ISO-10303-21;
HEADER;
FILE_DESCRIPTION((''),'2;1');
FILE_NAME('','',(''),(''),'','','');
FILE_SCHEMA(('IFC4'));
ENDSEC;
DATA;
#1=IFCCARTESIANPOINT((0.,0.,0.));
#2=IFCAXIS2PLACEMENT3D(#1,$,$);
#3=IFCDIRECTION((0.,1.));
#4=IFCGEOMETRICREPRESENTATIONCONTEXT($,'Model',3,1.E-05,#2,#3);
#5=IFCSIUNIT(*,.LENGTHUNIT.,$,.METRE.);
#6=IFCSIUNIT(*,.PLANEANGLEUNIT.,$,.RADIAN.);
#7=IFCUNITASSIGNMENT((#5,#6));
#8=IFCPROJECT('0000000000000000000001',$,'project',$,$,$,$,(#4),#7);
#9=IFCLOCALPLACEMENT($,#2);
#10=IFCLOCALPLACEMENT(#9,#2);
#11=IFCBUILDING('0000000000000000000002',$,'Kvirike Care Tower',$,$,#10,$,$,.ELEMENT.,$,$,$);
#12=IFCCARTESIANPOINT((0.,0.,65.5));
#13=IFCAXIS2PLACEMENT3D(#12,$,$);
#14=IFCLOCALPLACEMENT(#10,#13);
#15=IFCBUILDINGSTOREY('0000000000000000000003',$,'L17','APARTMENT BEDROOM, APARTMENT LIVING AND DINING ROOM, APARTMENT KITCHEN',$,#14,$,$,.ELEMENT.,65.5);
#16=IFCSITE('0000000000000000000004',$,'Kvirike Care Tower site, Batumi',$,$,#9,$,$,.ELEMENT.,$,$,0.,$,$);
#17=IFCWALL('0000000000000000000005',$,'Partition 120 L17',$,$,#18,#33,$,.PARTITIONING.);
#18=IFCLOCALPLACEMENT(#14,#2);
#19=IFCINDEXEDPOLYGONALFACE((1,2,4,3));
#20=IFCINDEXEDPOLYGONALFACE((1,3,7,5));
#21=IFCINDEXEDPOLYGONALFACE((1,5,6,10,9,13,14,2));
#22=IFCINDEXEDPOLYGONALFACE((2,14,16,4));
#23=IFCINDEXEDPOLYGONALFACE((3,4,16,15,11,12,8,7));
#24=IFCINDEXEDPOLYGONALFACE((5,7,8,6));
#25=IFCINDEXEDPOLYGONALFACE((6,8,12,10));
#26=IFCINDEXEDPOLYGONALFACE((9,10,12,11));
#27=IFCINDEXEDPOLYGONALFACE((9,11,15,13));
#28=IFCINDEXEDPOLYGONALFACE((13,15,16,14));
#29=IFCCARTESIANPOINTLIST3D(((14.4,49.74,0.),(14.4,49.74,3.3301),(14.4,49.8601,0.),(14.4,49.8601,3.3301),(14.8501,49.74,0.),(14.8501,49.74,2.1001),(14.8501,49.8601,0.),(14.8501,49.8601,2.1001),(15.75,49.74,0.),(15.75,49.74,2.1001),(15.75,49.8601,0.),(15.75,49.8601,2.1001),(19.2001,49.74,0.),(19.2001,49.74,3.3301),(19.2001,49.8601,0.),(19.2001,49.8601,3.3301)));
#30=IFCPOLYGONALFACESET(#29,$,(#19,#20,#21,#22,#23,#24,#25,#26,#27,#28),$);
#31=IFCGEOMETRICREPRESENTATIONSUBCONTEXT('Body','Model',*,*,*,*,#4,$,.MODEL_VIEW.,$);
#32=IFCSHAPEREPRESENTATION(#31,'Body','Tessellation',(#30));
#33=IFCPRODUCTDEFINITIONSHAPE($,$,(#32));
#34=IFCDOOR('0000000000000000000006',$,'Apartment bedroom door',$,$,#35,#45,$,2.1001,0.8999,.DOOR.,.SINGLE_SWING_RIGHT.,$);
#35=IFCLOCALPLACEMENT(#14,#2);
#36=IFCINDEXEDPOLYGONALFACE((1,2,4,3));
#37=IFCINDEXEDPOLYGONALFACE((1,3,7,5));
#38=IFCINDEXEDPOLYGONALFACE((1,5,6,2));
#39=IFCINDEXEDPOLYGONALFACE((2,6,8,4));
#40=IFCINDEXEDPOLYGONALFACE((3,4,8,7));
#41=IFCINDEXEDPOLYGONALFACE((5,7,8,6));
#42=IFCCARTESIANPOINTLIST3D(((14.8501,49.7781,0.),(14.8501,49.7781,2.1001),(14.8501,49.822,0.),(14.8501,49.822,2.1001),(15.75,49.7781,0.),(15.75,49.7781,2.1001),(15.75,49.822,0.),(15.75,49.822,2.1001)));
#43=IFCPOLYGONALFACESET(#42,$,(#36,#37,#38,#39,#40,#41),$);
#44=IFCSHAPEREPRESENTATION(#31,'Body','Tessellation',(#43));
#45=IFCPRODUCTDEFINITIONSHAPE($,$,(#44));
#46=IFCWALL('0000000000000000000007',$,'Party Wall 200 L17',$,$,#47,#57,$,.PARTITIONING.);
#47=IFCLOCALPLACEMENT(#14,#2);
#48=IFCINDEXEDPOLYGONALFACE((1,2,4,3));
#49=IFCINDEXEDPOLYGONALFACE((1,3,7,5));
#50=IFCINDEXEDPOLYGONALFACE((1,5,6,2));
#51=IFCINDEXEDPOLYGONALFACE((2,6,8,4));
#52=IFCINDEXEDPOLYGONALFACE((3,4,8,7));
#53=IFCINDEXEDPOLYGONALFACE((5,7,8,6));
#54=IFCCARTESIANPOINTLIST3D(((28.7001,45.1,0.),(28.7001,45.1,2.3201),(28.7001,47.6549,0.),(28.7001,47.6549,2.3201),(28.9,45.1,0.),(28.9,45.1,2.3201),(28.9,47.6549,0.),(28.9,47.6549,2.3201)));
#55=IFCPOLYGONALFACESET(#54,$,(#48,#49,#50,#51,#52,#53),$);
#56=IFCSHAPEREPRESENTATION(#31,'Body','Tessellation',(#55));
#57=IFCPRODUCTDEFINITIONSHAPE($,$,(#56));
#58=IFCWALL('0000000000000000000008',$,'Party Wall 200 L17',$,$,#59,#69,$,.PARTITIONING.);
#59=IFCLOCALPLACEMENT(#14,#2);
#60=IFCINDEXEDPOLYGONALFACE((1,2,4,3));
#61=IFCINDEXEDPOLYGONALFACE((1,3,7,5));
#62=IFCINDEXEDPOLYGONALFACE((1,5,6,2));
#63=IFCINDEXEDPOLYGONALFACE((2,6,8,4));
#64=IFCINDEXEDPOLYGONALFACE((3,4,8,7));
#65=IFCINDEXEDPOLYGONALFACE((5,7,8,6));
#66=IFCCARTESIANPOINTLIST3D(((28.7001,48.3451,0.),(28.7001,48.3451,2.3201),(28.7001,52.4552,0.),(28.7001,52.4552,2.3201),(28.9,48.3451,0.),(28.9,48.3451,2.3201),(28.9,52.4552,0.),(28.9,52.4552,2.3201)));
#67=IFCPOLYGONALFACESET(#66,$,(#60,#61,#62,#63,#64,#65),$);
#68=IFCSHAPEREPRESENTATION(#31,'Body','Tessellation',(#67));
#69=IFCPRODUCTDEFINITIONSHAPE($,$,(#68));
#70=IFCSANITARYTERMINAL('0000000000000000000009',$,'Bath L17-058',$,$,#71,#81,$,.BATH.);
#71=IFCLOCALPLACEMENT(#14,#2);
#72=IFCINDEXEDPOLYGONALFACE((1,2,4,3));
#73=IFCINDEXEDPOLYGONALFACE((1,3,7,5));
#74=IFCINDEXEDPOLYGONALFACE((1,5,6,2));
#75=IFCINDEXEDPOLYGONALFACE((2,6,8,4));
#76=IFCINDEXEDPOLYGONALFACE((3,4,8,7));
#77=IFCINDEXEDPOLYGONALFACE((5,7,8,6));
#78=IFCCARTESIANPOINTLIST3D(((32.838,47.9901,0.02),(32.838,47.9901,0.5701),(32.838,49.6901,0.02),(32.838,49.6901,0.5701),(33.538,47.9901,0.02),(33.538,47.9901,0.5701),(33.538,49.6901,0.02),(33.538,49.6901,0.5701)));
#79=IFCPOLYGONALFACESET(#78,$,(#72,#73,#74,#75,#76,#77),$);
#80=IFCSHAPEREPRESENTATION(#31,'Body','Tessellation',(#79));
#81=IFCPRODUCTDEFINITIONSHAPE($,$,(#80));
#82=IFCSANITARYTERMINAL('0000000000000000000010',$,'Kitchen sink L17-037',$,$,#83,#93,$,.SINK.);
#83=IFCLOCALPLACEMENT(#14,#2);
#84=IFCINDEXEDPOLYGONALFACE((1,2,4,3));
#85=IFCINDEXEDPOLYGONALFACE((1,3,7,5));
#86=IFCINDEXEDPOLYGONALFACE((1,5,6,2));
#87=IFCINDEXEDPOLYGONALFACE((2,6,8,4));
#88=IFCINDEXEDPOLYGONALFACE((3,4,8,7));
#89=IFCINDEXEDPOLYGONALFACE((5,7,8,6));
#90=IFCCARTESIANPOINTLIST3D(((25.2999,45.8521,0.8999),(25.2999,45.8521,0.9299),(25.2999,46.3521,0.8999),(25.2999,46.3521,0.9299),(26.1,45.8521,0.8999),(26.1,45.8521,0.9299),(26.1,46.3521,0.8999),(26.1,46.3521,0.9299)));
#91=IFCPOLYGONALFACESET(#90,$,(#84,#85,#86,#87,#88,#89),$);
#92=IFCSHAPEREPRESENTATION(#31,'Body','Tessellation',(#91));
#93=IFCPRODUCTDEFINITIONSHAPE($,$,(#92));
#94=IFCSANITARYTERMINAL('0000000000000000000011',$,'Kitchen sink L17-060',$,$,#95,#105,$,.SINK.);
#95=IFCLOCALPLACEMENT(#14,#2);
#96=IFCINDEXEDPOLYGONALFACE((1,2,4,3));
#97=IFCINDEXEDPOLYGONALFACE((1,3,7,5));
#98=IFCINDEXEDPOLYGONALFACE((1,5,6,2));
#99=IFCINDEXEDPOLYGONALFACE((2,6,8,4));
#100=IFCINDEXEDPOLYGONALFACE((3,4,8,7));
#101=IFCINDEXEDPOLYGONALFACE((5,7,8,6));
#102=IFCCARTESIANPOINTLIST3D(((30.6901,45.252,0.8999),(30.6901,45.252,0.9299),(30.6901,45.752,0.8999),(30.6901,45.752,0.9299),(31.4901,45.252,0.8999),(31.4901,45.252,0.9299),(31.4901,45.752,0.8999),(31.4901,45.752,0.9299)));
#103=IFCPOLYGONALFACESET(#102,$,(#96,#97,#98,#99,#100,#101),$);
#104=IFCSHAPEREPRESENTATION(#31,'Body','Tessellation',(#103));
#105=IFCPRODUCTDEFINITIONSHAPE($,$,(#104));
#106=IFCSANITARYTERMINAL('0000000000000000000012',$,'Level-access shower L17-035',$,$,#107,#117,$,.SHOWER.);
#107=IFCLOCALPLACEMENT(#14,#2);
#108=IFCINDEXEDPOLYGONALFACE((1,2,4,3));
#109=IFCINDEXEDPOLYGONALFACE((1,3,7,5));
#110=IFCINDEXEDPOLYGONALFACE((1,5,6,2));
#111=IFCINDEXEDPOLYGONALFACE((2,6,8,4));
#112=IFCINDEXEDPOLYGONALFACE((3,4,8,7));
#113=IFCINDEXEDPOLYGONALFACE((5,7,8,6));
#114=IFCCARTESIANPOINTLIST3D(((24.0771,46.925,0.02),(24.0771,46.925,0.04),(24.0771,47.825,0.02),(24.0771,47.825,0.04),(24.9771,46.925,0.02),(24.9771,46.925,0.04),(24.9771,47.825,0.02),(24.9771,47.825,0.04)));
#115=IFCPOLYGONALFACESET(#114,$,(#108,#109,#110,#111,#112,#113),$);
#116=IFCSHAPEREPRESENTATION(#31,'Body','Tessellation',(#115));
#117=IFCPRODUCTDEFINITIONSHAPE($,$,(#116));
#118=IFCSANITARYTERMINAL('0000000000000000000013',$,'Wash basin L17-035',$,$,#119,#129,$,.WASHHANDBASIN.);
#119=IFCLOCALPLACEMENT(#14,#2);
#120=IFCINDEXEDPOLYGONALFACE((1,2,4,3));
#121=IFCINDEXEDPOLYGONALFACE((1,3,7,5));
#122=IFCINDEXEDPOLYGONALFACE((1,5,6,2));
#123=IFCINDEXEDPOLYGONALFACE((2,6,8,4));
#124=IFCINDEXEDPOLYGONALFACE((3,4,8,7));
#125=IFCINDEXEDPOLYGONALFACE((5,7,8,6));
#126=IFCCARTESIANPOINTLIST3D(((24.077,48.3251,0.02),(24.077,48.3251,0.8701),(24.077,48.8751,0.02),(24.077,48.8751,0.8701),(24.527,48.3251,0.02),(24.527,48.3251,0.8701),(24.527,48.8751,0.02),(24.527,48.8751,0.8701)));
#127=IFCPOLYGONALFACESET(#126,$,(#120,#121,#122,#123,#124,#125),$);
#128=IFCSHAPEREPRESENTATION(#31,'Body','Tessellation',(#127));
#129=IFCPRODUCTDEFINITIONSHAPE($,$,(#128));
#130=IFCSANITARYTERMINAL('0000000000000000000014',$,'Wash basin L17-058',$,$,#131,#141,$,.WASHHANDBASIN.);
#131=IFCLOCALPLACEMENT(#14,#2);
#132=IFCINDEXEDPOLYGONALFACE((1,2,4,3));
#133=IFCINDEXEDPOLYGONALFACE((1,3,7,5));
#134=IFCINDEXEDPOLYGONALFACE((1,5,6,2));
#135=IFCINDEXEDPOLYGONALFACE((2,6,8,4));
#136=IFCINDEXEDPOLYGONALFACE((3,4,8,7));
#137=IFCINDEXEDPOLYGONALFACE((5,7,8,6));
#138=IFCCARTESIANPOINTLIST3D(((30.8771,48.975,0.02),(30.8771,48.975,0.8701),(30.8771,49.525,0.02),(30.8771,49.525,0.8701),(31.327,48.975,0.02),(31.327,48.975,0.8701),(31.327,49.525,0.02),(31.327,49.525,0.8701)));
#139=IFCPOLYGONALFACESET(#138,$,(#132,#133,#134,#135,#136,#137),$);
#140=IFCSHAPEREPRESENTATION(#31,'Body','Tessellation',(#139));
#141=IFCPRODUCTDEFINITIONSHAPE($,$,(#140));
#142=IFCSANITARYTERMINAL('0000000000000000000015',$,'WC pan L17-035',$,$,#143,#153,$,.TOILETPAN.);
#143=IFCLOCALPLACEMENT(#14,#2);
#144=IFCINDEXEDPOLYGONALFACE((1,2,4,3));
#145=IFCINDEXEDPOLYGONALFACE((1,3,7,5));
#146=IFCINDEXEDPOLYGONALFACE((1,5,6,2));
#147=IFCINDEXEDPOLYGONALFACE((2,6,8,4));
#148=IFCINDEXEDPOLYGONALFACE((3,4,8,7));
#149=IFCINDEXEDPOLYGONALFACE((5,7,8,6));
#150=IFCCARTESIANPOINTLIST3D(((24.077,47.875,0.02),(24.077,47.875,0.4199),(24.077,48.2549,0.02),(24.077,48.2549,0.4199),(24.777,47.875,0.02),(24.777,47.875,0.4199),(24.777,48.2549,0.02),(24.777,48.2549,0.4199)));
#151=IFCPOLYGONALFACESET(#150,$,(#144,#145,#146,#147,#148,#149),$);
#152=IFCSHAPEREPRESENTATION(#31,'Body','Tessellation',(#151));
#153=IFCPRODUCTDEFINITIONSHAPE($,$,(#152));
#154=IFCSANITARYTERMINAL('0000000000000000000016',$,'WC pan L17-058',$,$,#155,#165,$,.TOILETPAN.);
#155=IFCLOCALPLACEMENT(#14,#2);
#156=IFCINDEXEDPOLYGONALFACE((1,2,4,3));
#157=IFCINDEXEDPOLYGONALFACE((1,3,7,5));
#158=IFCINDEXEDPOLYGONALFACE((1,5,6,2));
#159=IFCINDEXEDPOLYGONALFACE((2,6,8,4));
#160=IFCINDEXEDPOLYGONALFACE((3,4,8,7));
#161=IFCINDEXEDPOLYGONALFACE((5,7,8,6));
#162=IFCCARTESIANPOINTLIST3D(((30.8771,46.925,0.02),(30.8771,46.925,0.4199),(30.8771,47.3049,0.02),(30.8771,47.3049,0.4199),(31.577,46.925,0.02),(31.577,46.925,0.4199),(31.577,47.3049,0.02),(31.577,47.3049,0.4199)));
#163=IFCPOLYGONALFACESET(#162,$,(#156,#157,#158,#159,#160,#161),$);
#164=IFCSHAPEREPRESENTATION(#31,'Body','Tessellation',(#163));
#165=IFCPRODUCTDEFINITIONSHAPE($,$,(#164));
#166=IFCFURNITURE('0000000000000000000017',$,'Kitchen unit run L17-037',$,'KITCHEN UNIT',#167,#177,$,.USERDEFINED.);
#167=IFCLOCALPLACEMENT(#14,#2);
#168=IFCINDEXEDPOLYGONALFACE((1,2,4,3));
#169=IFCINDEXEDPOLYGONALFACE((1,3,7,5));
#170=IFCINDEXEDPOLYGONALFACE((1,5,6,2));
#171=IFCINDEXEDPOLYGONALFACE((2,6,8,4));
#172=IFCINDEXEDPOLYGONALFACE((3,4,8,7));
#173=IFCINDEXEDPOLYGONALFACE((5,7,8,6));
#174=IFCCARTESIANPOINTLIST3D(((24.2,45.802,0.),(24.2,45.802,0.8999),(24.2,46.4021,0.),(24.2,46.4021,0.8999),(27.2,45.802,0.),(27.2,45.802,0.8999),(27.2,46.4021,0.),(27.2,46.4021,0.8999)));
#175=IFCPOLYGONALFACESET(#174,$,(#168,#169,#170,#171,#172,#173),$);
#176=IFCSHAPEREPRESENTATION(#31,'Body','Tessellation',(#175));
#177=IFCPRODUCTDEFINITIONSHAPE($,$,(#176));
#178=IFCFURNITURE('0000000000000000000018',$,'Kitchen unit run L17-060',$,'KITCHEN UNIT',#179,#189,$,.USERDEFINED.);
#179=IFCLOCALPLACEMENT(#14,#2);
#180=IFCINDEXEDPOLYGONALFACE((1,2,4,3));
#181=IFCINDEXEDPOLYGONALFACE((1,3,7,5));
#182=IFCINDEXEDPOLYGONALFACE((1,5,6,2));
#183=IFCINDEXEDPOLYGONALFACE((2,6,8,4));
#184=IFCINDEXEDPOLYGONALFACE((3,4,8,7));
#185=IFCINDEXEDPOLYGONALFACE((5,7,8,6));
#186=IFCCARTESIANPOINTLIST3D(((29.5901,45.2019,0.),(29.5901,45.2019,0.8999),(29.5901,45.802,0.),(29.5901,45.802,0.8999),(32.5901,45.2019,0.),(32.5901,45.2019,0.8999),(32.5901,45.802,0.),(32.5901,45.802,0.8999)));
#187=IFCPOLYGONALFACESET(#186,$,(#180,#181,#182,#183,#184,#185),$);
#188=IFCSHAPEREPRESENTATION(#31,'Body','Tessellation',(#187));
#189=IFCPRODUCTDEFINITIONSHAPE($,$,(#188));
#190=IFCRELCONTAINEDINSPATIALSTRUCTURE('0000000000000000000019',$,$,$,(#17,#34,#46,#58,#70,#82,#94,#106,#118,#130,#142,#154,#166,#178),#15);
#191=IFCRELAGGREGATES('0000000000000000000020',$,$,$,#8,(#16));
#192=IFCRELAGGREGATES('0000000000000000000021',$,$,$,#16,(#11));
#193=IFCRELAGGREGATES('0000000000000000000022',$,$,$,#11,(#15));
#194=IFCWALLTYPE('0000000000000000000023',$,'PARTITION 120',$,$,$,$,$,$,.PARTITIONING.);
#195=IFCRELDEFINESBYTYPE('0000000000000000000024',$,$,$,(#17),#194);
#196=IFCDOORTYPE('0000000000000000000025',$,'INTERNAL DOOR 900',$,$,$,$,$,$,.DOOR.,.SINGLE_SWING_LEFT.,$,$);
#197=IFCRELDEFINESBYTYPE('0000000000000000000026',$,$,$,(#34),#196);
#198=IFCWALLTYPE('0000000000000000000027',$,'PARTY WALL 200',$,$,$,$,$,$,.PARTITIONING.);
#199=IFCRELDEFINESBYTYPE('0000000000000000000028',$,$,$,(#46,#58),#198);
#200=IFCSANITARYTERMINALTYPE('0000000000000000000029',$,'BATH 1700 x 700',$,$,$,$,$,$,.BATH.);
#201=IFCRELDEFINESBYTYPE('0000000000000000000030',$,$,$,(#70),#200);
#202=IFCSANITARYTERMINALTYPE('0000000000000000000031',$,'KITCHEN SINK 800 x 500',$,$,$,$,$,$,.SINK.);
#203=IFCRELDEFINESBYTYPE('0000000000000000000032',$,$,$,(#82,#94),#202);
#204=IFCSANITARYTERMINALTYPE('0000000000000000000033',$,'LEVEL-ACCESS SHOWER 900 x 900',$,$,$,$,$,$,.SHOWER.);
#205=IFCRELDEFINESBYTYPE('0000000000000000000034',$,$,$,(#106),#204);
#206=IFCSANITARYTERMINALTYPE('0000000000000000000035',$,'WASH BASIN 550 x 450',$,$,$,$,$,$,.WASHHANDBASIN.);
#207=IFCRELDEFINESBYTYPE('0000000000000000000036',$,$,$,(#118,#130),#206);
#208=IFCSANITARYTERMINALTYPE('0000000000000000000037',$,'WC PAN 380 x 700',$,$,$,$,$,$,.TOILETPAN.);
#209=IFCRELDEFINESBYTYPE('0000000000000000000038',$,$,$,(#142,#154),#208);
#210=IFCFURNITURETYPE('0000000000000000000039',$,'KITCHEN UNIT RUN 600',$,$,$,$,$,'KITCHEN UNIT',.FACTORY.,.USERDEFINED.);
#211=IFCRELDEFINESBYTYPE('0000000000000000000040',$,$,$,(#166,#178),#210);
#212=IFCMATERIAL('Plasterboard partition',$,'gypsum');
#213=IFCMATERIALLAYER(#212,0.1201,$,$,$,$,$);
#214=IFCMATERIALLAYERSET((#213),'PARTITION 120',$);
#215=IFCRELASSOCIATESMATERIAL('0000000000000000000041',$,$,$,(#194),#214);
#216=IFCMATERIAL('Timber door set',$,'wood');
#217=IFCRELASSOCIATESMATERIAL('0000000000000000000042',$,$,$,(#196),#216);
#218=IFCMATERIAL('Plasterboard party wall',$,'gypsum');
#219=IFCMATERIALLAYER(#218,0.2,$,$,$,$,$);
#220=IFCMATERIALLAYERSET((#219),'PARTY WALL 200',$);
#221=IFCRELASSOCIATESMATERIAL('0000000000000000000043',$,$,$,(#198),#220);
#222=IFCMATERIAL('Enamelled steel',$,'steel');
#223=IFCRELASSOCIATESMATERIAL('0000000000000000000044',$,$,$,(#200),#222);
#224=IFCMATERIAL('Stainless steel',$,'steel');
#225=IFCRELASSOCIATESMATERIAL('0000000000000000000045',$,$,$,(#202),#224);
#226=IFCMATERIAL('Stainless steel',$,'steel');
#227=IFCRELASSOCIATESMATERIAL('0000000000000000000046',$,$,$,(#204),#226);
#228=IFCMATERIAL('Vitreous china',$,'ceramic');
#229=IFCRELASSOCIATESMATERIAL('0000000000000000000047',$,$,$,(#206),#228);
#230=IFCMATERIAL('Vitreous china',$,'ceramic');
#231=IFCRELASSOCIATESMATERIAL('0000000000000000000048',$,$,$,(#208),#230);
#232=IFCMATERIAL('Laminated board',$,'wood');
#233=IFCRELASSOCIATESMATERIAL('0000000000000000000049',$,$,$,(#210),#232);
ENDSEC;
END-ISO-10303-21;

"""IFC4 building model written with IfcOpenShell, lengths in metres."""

from ifc_helpers import new_model, si_unit, direction, frame, frame_2d, origin, origin_2d, place, context, subcontext, project, spatial, rectangle, extrude, material, layer, layer_set, type_object, element, fill, save


model = new_model("IFC4")

# Units and contexts
model_context = context("Model", 3, precision=1e-05, world=origin(), true_north=direction((0.0, 1.0)))
body_context = subcontext(model_context, "Body", "Model", "MODEL_VIEW")
ifc_project = project(units=[si_unit("LENGTHUNIT", "METRE"), si_unit("PLANEANGLEUNIT", "RADIAN")], contexts=[model_context])

# Site, building, storey
site_placement = place(None, origin())
site = spatial("IfcSite", under=ifc_project, at=site_placement, Name="Kvirike Care Tower site, Batumi", CompositionType="ELEMENT", RefElevation=0.0)
building_placement = place(site_placement, origin())
building = spatial("IfcBuilding", under=site, at=building_placement, Name="Kvirike Care Tower", CompositionType="ELEMENT")
storey_placement = place(building_placement, frame((0.0, 0.0, 65.5)))
storey = spatial("IfcBuildingStorey", under=building, at=storey_placement, Name="L17", Description="APARTMENT BEDROOM, APARTMENT LIVING AND DINING ROOM, APARTMENT KITCHEN", CompositionType="ELEMENT", Elevation=65.5)

# Wall, opening, door
ifc_material_1 = material(Name="Plasterboard partition", Category="gypsum")
ifc_layer_1 = layer(ifc_material_1, 0.1201)
ifc_layer_set_1 = layer_set([ifc_layer_1], Name="PARTITION 120")
wall_type_1 = type_object("IfcWallType", Name="PARTITION 120", PredefinedType="PARTITIONING", material=ifc_layer_set_1)
wall_1_placement = place(storey_placement, frame((19.2, 49.8, 0.0), z_axis=(0.0, 0.0, 1.0), x_axis=(-1.0, 0.0, 0.0)))
wall_1 = element("IfcWall", 1, at=wall_1_placement, inside=storey, type_object=wall_type_1, Name="Partition 120 L17", PredefinedType="PARTITIONING", context=body_context, shape_type="SweptSolid", body=[
    extrude(rectangle(XDim=4.8, YDim=0.1201, at=frame_2d((2.3999, 0.0))), origin(), (0.0, 0.0, 1.0), 3.3301),
])
opening_1_placement = place(wall_1_placement, frame((3.45, 0.0, 0.0)))
opening_1 = element("IfcOpeningElement", 2, at=opening_1_placement, cuts=wall_1, PredefinedType="OPENING", context=body_context, shape_type="SweptSolid", body=[
    extrude(rectangle(XDim=0.8999, YDim=2.1001, at=frame_2d((0.45, 1.05))), frame((0.0, 0.0706, 0.0), z_axis=(0.0, -1.0, 0.0), x_axis=(1.0, 0.0, 0.0)), (0.0, 0.0, 1.0), 0.1411),
])
ifc_material_2 = material(Name="Timber door set", Category="wood")
door_type_1 = type_object("IfcDoorType", Name="INTERNAL DOOR 900", OperationType="SINGLE_SWING_LEFT", PredefinedType="DOOR", material=ifc_material_2)
door_1_placement = place(opening_1_placement, frame((0.8999, 0.0, 0.0), z_axis=(0.0, 0.0, 1.0), x_axis=(-1.0, 0.0, 0.0)))
door_1 = element("IfcDoor", 3, at=door_1_placement, inside=storey, type_object=door_type_1, Name="Apartment bedroom door", OperationType="SINGLE_SWING_RIGHT", OverallHeight=2.1001, OverallWidth=0.8999, PredefinedType="DOOR", context=body_context, shape_type="SweptSolid", body=[
    extrude(rectangle(XDim=0.8999, YDim=2.1001, at=frame_2d((0.45, 1.05))), frame((0.0, 0.022, 0.0), z_axis=(0.0, -1.0, 0.0), x_axis=(1.0, 0.0, 0.0)), (0.0, 0.0, 1.0), 0.0439),
])
fill(opening_1, door_1)

# Walls
ifc_material_3 = material(Name="Plasterboard party wall", Category="gypsum")
ifc_layer_2 = layer(ifc_material_3, 0.2)
ifc_layer_set_2 = layer_set([ifc_layer_2], Name="PARTY WALL 200")
wall_type_2 = type_object("IfcWallType", Name="PARTY WALL 200", PredefinedType="PARTITIONING", material=ifc_layer_set_2)
wall_2_placement = place(storey_placement, frame((28.8, 45.1001, 0.0), z_axis=(0.0, 0.0, 1.0), x_axis=(0.0, 1.0, 0.0)))
element("IfcWall", 4, at=wall_2_placement, inside=storey, type_object=wall_type_2, Name="Party Wall 200 L17", PredefinedType="PARTITIONING", context=body_context, shape_type="SweptSolid", body=[
    extrude(rectangle(XDim=2.5549, YDim=0.2, at=frame_2d((1.2773, 0.0))), origin(), (0.0, 0.0, 1.0), 2.3201),
])
wall_3_placement = place(storey_placement, frame((28.8, 48.345, 0.0), z_axis=(0.0, 0.0, 1.0), x_axis=(0.0, 1.0, 0.0)))
element("IfcWall", 5, at=wall_3_placement, inside=storey, type_object=wall_type_2, Name="Party Wall 200 L17", PredefinedType="PARTITIONING", context=body_context, shape_type="SweptSolid", body=[
    extrude(rectangle(XDim=4.1101, YDim=0.2, at=frame_2d((2.0552, 0.0))), origin(), (0.0, 0.0, 1.0), 2.3201),
])

# Sanitary terminals
ifc_material_4 = material(Name="Enamelled steel", Category="steel")
sanitary_terminal_type_1 = type_object("IfcSanitaryTerminalType", Name="BATH 1700 x 700", PredefinedType="BATH", material=ifc_material_4)
sanitary_terminal_1_placement = place(storey_placement, frame((33.188, 48.8401, 0.02), z_axis=(0.0, 0.0, 1.0), x_axis=(0.0, -1.0, 0.0)))
element("IfcSanitaryTerminal", 6, at=sanitary_terminal_1_placement, inside=storey, type_object=sanitary_terminal_type_1, Name="Bath L17-058", PredefinedType="BATH", context=body_context, shape_type="SweptSolid", body=[
    extrude(rectangle(XDim=1.7, YDim=0.7, at=origin_2d()), origin(), (0.0, 0.0, 1.0), 0.55),
])
ifc_material_5 = material(Name="Stainless steel", Category="steel")
sanitary_terminal_type_2 = type_object("IfcSanitaryTerminalType", Name="KITCHEN SINK 800 x 500", PredefinedType="SINK", material=ifc_material_5)
for number, where, z_axis, x_axis, name in (
    (7, (25.7, 46.1021, 0.8999), (0.0, 0.0, 1.0), (-1.0, 0.0, 0.0), "Kitchen sink L17-037"),
    (8, (31.0901, 45.502, 0.8999), (0.0, 0.0, 1.0), (-1.0, 0.0, 0.0), "Kitchen sink L17-060"),
):
    element("IfcSanitaryTerminal", number, at=place(storey_placement, frame(where, z_axis=z_axis, x_axis=x_axis)), inside=storey, type_object=sanitary_terminal_type_2, Name=name, PredefinedType="SINK", context=body_context, shape_type="SweptSolid", body=[
        extrude(rectangle(XDim=0.8, YDim=0.5, at=origin_2d()), origin(), (0.0, 0.0, 1.0), 0.03),
    ])
ifc_material_6 = material(Name="Stainless steel", Category="steel")
sanitary_terminal_type_3 = type_object("IfcSanitaryTerminalType", Name="LEVEL-ACCESS SHOWER 900 x 900", PredefinedType="SHOWER", material=ifc_material_6)
sanitary_terminal_2_placement = place(storey_placement, frame((24.5271, 47.375, 0.02), z_axis=(0.0, 0.0, 1.0), x_axis=(0.0, 1.0, 0.0)))
element("IfcSanitaryTerminal", 9, at=sanitary_terminal_2_placement, inside=storey, type_object=sanitary_terminal_type_3, Name="Level-access shower L17-035", PredefinedType="SHOWER", context=body_context, shape_type="SweptSolid", body=[
    extrude(rectangle(XDim=0.8999, YDim=0.8999, at=origin_2d()), origin(), (0.0, 0.0, 1.0), 0.02),
])
ifc_material_7 = material(Name="Vitreous china", Category="ceramic")
sanitary_terminal_type_4 = type_object("IfcSanitaryTerminalType", Name="WASH BASIN 550 x 450", PredefinedType="WASHHANDBASIN", material=ifc_material_7)
for number, where, z_axis, x_axis, name in (
    (10, (24.302, 48.6001, 0.02), (0.0, 0.0, 1.0), (0.0, 1.0, 0.0), "Wash basin L17-035"),
    (11, (31.1021, 49.25, 0.02), (0.0, 0.0, 1.0), (0.0, 1.0, 0.0), "Wash basin L17-058"),
):
    element("IfcSanitaryTerminal", number, at=place(storey_placement, frame(where, z_axis=z_axis, x_axis=x_axis)), inside=storey, type_object=sanitary_terminal_type_4, Name=name, PredefinedType="WASHHANDBASIN", context=body_context, shape_type="SweptSolid", body=[
        extrude(rectangle(XDim=0.55, YDim=0.45, at=origin_2d()), origin(), (0.0, 0.0, 1.0), 0.8501),
    ])
ifc_material_8 = material(Name="Vitreous china", Category="ceramic")
sanitary_terminal_type_5 = type_object("IfcSanitaryTerminalType", Name="WC PAN 380 x 700", PredefinedType="TOILETPAN", material=ifc_material_8)
for number, where, z_axis, x_axis, name in (
    (12, (24.427, 48.0649, 0.02), (0.0, 0.0, 1.0), (0.0, 1.0, 0.0), "WC pan L17-035"),
    (13, (31.2271, 47.115, 0.02), (0.0, 0.0, 1.0), (0.0, 1.0, 0.0), "WC pan L17-058"),
):
    element("IfcSanitaryTerminal", number, at=place(storey_placement, frame(where, z_axis=z_axis, x_axis=x_axis)), inside=storey, type_object=sanitary_terminal_type_5, Name=name, PredefinedType="TOILETPAN", context=body_context, shape_type="SweptSolid", body=[
        extrude(rectangle(XDim=0.3799, YDim=0.7, at=origin_2d()), origin(), (0.0, 0.0, 1.0), 0.3999),
    ])

# Furniture
ifc_material_9 = material(Name="Laminated board", Category="wood")
furniture_type = type_object("IfcFurnitureType", Name="KITCHEN UNIT RUN 600", ElementType="KITCHEN UNIT", AssemblyPlace="FACTORY", PredefinedType="USERDEFINED", material=ifc_material_9)
for number, where, z_axis, x_axis, name in (
    (14, (25.7, 46.1021, 0.0), (0.0, 0.0, 1.0), (-1.0, 0.0, 0.0), "Kitchen unit run L17-037"),
    (15, (31.0901, 45.502, 0.0), (0.0, 0.0, 1.0), (-1.0, 0.0, 0.0), "Kitchen unit run L17-060"),
):
    element("IfcFurniture", number, at=place(storey_placement, frame(where, z_axis=z_axis, x_axis=x_axis)), inside=storey, type_object=furniture_type, Name=name, ObjectType="KITCHEN UNIT", PredefinedType="USERDEFINED", context=body_context, shape_type="SweptSolid", body=[
        extrude(rectangle(XDim=3.0, YDim=0.6001, at=origin_2d()), origin(), (0.0, 0.0, 1.0), 0.8999),
    ])

save(model, "model.ifc")
